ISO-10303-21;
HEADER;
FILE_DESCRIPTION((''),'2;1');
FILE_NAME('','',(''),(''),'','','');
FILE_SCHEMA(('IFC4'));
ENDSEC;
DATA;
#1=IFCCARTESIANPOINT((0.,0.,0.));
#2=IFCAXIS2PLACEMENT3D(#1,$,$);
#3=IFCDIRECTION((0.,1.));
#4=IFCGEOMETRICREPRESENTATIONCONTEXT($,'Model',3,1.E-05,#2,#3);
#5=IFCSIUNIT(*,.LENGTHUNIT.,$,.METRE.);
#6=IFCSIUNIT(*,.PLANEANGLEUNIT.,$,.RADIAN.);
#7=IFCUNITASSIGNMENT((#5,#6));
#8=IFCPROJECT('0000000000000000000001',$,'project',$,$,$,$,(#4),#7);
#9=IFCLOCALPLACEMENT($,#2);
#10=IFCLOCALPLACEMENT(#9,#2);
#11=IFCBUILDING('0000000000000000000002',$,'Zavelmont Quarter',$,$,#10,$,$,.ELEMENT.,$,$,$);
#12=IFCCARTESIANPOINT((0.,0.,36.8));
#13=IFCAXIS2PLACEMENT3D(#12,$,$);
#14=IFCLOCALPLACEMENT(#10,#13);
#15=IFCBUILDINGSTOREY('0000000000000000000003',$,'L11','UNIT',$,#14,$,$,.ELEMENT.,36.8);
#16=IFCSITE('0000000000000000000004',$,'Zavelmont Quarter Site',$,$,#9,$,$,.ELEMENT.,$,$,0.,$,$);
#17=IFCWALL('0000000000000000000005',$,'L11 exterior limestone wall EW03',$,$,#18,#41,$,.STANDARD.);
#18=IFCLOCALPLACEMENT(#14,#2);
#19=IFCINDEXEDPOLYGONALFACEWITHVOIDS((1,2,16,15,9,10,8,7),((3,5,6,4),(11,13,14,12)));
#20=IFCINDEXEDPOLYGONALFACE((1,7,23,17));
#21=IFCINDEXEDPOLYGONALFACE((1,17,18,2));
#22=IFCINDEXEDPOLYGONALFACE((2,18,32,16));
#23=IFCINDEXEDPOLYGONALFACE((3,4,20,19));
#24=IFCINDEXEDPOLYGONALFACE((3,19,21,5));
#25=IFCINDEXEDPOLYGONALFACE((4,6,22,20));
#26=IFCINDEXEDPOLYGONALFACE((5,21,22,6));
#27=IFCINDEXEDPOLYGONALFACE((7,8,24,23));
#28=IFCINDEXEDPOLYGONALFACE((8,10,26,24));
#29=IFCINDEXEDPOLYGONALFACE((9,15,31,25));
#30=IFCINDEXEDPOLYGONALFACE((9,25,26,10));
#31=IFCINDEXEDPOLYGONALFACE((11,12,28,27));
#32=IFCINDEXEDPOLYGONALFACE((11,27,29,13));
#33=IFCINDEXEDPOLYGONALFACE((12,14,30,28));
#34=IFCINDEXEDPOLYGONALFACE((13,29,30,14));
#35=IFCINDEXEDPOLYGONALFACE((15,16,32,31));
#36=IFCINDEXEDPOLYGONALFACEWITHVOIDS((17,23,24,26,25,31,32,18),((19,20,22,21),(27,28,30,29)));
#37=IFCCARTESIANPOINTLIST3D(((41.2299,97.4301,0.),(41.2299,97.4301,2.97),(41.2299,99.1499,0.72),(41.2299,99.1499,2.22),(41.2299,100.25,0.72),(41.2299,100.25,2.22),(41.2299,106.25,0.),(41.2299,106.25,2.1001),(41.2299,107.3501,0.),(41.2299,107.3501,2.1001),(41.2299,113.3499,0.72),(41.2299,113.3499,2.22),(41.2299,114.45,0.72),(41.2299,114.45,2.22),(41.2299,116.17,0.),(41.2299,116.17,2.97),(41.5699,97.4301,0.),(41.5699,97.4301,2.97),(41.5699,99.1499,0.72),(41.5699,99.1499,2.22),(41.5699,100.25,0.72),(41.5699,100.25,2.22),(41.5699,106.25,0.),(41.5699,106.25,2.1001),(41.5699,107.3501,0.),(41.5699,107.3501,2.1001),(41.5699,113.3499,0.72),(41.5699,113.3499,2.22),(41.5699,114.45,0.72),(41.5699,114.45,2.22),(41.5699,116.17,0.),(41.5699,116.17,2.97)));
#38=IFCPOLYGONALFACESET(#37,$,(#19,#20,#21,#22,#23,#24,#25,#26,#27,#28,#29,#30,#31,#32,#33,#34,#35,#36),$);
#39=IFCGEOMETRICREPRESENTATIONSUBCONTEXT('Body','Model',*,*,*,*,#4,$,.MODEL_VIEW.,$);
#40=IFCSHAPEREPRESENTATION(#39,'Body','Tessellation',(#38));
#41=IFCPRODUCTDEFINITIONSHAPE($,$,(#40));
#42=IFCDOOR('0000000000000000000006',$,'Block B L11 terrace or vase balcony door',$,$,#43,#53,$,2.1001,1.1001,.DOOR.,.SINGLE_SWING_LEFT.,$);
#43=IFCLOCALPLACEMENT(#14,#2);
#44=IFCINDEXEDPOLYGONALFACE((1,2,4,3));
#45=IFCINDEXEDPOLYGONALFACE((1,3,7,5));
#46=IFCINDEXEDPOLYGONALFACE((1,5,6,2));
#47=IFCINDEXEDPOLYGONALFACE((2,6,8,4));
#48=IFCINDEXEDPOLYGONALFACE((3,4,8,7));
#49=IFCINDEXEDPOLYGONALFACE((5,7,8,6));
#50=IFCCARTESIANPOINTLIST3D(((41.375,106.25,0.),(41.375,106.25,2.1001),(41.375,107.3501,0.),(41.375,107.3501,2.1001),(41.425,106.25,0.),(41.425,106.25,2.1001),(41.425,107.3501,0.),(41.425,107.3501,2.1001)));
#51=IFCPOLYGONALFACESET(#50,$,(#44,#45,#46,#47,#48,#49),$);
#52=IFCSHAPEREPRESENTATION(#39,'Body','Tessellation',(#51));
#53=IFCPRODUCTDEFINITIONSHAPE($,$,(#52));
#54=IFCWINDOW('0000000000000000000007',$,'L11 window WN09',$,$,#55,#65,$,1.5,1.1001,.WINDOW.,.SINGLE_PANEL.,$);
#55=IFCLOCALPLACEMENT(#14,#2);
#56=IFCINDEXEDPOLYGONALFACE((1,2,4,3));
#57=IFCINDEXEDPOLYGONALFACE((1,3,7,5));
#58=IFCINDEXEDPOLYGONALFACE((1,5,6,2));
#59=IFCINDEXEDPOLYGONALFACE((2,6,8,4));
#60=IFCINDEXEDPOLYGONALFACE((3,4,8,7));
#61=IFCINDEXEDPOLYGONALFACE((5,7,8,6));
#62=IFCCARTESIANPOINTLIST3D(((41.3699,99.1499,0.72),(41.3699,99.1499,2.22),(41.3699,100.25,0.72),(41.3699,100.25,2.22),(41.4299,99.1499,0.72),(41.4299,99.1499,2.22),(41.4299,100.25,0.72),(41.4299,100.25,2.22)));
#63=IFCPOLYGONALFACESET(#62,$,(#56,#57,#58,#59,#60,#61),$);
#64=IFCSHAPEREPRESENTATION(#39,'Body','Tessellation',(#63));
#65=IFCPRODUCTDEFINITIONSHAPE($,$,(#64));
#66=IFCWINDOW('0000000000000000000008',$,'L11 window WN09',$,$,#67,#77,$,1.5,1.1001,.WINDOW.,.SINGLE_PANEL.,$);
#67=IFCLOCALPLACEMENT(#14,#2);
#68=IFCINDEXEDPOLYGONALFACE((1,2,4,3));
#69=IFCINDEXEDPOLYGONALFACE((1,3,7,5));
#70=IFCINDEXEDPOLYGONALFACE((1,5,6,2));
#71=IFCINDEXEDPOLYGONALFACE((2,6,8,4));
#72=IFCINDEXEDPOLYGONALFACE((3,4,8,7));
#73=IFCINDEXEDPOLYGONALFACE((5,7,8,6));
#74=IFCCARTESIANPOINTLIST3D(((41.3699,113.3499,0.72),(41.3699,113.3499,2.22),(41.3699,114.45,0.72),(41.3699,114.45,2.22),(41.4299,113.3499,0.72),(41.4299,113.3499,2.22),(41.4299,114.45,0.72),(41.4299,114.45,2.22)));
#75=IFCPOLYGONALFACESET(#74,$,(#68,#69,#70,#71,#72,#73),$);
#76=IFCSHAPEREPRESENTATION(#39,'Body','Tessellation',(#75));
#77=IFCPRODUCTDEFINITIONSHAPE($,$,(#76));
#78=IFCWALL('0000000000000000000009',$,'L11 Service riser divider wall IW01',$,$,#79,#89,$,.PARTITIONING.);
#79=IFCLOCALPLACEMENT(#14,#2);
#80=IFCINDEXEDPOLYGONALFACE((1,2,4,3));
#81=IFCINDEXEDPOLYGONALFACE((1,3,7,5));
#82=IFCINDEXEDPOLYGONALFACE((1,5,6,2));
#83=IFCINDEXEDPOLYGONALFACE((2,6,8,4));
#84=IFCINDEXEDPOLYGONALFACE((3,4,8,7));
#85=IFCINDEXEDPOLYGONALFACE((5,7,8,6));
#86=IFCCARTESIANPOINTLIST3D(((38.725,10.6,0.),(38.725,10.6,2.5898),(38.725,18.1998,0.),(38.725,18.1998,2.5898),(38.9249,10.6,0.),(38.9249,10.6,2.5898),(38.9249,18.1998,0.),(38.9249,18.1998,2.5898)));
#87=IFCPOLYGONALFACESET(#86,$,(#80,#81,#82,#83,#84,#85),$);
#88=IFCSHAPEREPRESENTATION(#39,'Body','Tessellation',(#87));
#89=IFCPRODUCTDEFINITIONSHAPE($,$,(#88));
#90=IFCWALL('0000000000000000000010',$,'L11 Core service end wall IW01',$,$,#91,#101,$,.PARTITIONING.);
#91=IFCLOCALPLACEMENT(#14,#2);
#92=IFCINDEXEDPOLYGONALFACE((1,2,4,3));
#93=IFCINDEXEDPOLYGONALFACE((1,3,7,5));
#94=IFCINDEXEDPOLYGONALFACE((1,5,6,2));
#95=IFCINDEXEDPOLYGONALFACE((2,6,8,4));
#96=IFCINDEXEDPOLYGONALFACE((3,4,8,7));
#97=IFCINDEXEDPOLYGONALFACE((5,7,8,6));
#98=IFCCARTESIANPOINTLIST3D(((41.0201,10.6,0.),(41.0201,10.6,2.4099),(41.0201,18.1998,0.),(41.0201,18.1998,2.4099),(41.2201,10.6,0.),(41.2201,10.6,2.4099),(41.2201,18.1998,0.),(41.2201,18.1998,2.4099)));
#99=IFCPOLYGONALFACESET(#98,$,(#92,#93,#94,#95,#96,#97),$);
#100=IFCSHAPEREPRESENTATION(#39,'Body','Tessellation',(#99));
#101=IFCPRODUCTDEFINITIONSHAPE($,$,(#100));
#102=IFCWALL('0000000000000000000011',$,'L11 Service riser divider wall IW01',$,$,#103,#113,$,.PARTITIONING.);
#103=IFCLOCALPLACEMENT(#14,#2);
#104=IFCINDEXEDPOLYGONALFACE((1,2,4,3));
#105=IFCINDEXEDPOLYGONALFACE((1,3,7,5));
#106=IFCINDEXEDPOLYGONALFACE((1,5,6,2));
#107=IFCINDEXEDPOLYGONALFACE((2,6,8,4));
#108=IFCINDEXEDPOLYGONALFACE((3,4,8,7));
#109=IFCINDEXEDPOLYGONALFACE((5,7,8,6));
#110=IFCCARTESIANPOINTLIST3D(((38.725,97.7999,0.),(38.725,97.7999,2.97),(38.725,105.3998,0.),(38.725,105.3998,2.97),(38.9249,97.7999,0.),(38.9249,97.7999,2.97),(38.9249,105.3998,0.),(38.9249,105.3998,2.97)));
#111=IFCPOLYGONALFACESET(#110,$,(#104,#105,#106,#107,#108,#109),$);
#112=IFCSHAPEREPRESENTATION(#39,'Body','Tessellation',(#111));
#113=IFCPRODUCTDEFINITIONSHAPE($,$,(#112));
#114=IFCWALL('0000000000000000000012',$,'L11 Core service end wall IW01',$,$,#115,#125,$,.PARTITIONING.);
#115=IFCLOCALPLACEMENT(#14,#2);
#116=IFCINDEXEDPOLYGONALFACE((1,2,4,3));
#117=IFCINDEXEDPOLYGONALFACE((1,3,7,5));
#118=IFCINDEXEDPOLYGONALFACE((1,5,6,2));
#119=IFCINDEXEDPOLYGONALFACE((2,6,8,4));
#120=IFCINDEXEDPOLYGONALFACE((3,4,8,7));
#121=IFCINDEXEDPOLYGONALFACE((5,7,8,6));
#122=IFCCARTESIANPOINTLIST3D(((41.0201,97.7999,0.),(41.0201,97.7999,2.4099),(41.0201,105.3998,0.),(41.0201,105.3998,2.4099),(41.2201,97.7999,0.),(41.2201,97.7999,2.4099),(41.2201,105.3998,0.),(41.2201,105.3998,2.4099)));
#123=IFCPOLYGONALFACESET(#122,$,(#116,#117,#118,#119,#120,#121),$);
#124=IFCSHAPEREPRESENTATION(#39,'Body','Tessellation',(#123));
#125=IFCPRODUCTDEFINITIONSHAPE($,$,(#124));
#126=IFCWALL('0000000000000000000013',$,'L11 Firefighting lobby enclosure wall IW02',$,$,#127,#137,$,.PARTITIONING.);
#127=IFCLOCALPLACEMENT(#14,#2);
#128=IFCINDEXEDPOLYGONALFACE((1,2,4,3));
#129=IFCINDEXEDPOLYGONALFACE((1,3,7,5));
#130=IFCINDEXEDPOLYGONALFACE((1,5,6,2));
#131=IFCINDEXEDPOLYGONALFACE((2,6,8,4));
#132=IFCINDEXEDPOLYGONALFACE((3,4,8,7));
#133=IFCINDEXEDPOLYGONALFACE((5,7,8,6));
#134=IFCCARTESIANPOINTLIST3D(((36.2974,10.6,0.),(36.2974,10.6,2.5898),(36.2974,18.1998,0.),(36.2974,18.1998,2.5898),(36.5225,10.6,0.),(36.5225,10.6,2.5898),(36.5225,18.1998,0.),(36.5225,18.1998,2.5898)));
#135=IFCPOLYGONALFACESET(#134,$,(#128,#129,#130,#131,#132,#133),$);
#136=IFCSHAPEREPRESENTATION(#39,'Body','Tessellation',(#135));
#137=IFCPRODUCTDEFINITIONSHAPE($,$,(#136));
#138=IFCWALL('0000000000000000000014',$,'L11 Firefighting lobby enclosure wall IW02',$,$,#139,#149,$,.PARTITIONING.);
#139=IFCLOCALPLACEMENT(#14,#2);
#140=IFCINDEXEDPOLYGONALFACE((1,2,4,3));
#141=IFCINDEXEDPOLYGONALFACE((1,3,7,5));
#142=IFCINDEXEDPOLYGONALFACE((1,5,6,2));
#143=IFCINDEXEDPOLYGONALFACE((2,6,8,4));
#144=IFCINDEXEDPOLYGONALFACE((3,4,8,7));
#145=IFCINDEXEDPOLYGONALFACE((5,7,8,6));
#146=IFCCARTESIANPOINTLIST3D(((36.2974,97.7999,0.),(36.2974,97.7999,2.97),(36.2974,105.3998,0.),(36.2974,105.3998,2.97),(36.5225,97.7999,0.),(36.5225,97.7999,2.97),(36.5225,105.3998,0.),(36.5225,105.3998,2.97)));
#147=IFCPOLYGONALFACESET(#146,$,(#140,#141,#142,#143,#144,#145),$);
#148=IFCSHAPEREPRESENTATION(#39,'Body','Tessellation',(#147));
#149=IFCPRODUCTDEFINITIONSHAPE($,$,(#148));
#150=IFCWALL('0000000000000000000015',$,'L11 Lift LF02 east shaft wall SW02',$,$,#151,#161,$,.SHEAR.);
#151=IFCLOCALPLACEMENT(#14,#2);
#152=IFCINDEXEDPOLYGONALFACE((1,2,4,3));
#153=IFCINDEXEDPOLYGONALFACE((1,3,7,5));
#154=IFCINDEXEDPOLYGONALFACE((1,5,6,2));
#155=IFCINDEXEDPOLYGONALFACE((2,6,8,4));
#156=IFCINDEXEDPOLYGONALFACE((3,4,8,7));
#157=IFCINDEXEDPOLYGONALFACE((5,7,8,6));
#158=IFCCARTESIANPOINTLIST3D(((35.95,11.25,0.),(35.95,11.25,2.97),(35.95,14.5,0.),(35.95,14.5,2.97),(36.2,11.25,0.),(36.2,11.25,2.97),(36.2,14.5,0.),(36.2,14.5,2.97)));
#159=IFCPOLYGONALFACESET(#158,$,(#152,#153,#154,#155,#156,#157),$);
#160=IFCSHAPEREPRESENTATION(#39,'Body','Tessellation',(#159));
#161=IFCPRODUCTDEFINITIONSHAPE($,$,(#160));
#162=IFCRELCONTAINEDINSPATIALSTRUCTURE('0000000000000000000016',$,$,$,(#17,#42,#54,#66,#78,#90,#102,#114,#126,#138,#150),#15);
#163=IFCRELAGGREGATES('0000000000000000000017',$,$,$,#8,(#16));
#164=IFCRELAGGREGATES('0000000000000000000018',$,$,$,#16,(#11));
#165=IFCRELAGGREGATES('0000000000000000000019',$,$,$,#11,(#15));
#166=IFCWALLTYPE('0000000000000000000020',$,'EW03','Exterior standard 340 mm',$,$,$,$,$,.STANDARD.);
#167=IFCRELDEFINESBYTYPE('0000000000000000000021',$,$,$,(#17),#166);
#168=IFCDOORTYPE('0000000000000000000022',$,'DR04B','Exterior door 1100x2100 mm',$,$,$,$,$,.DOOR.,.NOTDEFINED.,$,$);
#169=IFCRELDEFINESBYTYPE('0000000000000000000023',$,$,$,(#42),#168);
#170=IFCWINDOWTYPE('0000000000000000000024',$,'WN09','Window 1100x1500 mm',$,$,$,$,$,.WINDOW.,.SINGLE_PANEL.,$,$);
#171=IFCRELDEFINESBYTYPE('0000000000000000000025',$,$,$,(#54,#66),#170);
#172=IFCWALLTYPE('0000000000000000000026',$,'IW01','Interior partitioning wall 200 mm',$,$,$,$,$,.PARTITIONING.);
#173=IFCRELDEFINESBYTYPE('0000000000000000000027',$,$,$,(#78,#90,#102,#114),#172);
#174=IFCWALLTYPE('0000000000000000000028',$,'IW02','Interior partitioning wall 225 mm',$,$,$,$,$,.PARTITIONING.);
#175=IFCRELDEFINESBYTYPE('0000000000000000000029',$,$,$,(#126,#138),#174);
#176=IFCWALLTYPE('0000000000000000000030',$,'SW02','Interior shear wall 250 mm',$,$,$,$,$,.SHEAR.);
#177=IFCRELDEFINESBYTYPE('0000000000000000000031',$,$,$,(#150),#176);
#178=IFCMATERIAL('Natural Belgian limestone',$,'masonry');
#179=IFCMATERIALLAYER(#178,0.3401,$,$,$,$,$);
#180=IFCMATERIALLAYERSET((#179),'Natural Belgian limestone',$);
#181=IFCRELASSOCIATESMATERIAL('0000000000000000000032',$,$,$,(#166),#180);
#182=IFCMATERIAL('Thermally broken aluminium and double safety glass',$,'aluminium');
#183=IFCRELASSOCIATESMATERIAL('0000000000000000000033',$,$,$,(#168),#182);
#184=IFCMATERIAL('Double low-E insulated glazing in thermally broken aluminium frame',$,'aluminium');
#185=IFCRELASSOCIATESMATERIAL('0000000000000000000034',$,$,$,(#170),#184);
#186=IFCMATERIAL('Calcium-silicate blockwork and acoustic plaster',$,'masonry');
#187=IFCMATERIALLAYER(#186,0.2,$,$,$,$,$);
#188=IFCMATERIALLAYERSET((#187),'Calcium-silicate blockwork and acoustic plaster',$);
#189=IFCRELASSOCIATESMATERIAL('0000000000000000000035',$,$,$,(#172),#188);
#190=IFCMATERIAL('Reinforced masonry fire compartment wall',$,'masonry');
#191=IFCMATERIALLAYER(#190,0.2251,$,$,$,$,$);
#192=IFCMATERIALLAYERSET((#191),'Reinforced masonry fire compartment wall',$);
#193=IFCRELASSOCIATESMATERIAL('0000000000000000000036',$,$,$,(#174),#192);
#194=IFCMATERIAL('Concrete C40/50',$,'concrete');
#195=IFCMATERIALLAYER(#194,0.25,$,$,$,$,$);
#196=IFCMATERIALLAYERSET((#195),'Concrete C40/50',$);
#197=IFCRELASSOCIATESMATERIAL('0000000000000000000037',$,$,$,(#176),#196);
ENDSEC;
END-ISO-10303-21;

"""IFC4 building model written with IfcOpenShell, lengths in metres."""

from ifc_helpers import new_model, si_unit, direction, frame, frame_2d, origin, origin_with_axes, place, context, subcontext, project, spatial, rectangle, extrude, material, layer, layer_set, type_object, element, fill, save


model = new_model("IFC4")

# Units and contexts
model_context = context("Model", 3, precision=1e-05, world=origin(), true_north=direction((0.0, 1.0)))
body_context = subcontext(model_context, "Body", "Model", "MODEL_VIEW")
ifc_project = project(units=[si_unit("LENGTHUNIT", "METRE"), si_unit("PLANEANGLEUNIT", "RADIAN")], contexts=[model_context])

# Site, building, storey
site_placement = place(None, origin())
site = spatial("IfcSite", under=ifc_project, at=site_placement, Name="Zavelmont Quarter Site", CompositionType="ELEMENT", RefElevation=0.0)
building_placement = place(site_placement, origin())
building = spatial("IfcBuilding", under=site, at=building_placement, Name="Zavelmont Quarter", CompositionType="ELEMENT")
storey_placement = place(building_placement, frame((0.0, 0.0, 36.8)))
storey = spatial("IfcBuildingStorey", under=building, at=storey_placement, Name="L11", Description="UNIT", CompositionType="ELEMENT", Elevation=36.8)

# Wall, openings, door, windows
ifc_material_1 = material(Name="Natural Belgian limestone", Category="masonry")
ifc_layer_1 = layer(ifc_material_1, 0.3401)
ifc_layer_set_1 = layer_set([ifc_layer_1], Name="Natural Belgian limestone")
wall_type_1 = type_object("IfcWallType", Name="EW03", Description="Exterior standard 340 mm", PredefinedType="STANDARD", material=ifc_layer_set_1)
wall_1_placement = place(storey_placement, frame((41.3999, 97.4299, 0.0), z_axis=(0.0, 0.0, 1.0), x_axis=(0.0, 1.0, 0.0)))
wall_1 = element("IfcWall", 1, at=wall_1_placement, inside=storey, type_object=wall_type_1, Name="L11 exterior limestone wall EW03", PredefinedType="STANDARD", context=body_context, shape_type="SweptSolid", body=[
    extrude(rectangle(XDim=18.74, YDim=0.3401, at=frame_2d((9.3701, 0.0))), origin(), (0.0, 0.0, 1.0), 2.97),
])
opening_1_placement = place(wall_1_placement, frame((8.8201, 0.0, 0.0)))
opening_1 = element("IfcOpeningElement", 2, at=opening_1_placement, cuts=wall_1, PredefinedType="OPENING", context=body_context, shape_type="SweptSolid", body=[
    extrude(rectangle(XDim=1.1001, YDim=2.1001, at=frame_2d((0.55, 1.05))), frame((0.0, 0.1821, 0.0), z_axis=(0.0, -1.0, 0.0), x_axis=(1.0, 0.0, 0.0)), (0.0, 0.0, 1.0), 0.364),
])
opening_2_placement = place(wall_1_placement, frame((1.72, 0.0, 0.72)))
opening_2 = element("IfcOpeningElement", 3, at=opening_2_placement, cuts=wall_1, PredefinedType="OPENING", context=body_context, shape_type="SweptSolid", body=[
    extrude(rectangle(XDim=1.1001, YDim=1.5, at=frame_2d((0.55, 0.75))), frame((0.0, 0.1821, 0.0), z_axis=(0.0, -1.0, 0.0), x_axis=(1.0, 0.0, 0.0)), (0.0, 0.0, 1.0), 0.364),
])
opening_3_placement = place(wall_1_placement, frame((15.9199, 0.0, 0.72)))
opening_3 = element("IfcOpeningElement", 4, at=opening_3_placement, cuts=wall_1, PredefinedType="OPENING", context=body_context, shape_type="SweptSolid", body=[
    extrude(rectangle(XDim=1.1001, YDim=1.5, at=frame_2d((0.55, 0.75))), frame((0.0, 0.1821, 0.0), z_axis=(0.0, -1.0, 0.0), x_axis=(1.0, 0.0, 0.0)), (0.0, 0.0, 1.0), 0.364),
])
ifc_material_2 = material(Name="Thermally broken aluminium and double safety glass", Category="aluminium")
door_type = type_object("IfcDoorType", Name="DR04B", Description="Exterior door 1100x2100 mm", OperationType="NOTDEFINED", PredefinedType="DOOR", material=ifc_material_2)
door_placement = place(opening_1_placement, origin_with_axes())
door = element("IfcDoor", 5, at=door_placement, inside=storey, type_object=door_type, Name="Block B L11 terrace or vase balcony door", OperationType="SINGLE_SWING_LEFT", OverallHeight=2.1001, OverallWidth=1.1001, PredefinedType="DOOR", context=body_context, shape_type="SweptSolid", body=[
    extrude(rectangle(XDim=1.1001, YDim=2.1001, at=frame_2d((0.55, 1.05))), frame((0.0, 0.0249, 0.0), z_axis=(0.0, -1.0, 0.0), x_axis=(1.0, 0.0, 0.0)), (0.0, 0.0, 1.0), 0.05),
])
fill(opening_1, door)
ifc_material_3 = material(Name="Double low-E insulated glazing in thermally broken aluminium frame", Category="aluminium")
window_type = type_object("IfcWindowType", Name="WN09", Description="Window 1100x1500 mm", PartitioningType="SINGLE_PANEL", PredefinedType="WINDOW", material=ifc_material_3)
window_1_placement = place(opening_2_placement, origin_with_axes())
window_1 = element("IfcWindow", 6, at=window_1_placement, inside=storey, type_object=window_type, Name="L11 window WN09", OverallHeight=1.5, OverallWidth=1.1001, PartitioningType="SINGLE_PANEL", PredefinedType="WINDOW", context=body_context, shape_type="SweptSolid", body=[
    extrude(rectangle(XDim=1.1001, YDim=1.5, at=frame_2d((0.55, 0.75))), frame((0.0, 0.03, 0.0), z_axis=(0.0, -1.0, 0.0), x_axis=(1.0, 0.0, 0.0)), (0.0, 0.0, 1.0), 0.0601),
])
fill(opening_2, window_1)
window_2_placement = place(opening_3_placement, origin_with_axes())
window_2 = element("IfcWindow", 7, at=window_2_placement, inside=storey, type_object=window_type, Name="L11 window WN09", OverallHeight=1.5, OverallWidth=1.1001, PartitioningType="SINGLE_PANEL", PredefinedType="WINDOW", context=body_context, shape_type="SweptSolid", body=[
    extrude(rectangle(XDim=1.1001, YDim=1.5, at=frame_2d((0.55, 0.75))), frame((0.0, 0.03, 0.0), z_axis=(0.0, -1.0, 0.0), x_axis=(1.0, 0.0, 0.0)), (0.0, 0.0, 1.0), 0.0601),
])
fill(opening_3, window_2)

# Walls
ifc_material_4 = material(Name="Calcium-silicate blockwork and acoustic plaster", Category="masonry")
ifc_layer_2 = layer(ifc_material_4, 0.2)
ifc_layer_set_2 = layer_set([ifc_layer_2], Name="Calcium-silicate blockwork and acoustic plaster")
wall_type_2 = type_object("IfcWallType", Name="IW01", Description="Interior partitioning wall 200 mm", PredefinedType="PARTITIONING", material=ifc_layer_set_2)
wall_2_placement = place(storey_placement, frame((38.825, 10.6001, 0.0), z_axis=(0.0, 0.0, 1.0), x_axis=(0.0, 1.0, 0.0)))
element("IfcWall", 8, at=wall_2_placement, inside=storey, type_object=wall_type_2, Name="L11 Service riser divider wall IW01", PredefinedType="PARTITIONING", context=body_context, shape_type="SweptSolid", body=[
    extrude(rectangle(XDim=7.5999, YDim=0.2, at=frame_2d((3.7998, 0.0))), origin(), (0.0, 0.0, 1.0), 2.5898),
])
wall_3_placement = place(storey_placement, frame((41.1201, 10.6001, 0.0), z_axis=(0.0, 0.0, 1.0), x_axis=(0.0, 1.0, 0.0)))
element("IfcWall", 9, at=wall_3_placement, inside=storey, type_object=wall_type_2, Name="L11 Core service end wall IW01", PredefinedType="PARTITIONING", context=body_context, shape_type="SweptSolid", body=[
    extrude(rectangle(XDim=7.5999, YDim=0.2, at=frame_2d((3.7998, 0.0))), origin(), (0.0, 0.0, 1.0), 2.4099),
])
wall_4_placement = place(storey_placement, frame((38.825, 97.8, 0.0), z_axis=(0.0, 0.0, 1.0), x_axis=(0.0, 1.0, 0.0)))
element("IfcWall", 10, at=wall_4_placement, inside=storey, type_object=wall_type_2, Name="L11 Service riser divider wall IW01", PredefinedType="PARTITIONING", context=body_context, shape_type="SweptSolid", body=[
    extrude(rectangle(XDim=7.5999, YDim=0.2, at=frame_2d((3.7998, 0.0))), origin(), (0.0, 0.0, 1.0), 2.97),
])
wall_5_placement = place(storey_placement, frame((41.1201, 97.8, 0.0), z_axis=(0.0, 0.0, 1.0), x_axis=(0.0, 1.0, 0.0)))
element("IfcWall", 11, at=wall_5_placement, inside=storey, type_object=wall_type_2, Name="L11 Core service end wall IW01", PredefinedType="PARTITIONING", context=body_context, shape_type="SweptSolid", body=[
    extrude(rectangle(XDim=7.5999, YDim=0.2, at=frame_2d((3.7998, 0.0))), origin(), (0.0, 0.0, 1.0), 2.4099),
])
ifc_material_5 = material(Name="Reinforced masonry fire compartment wall", Category="masonry")
ifc_layer_3 = layer(ifc_material_5, 0.2251)
ifc_layer_set_3 = layer_set([ifc_layer_3], Name="Reinforced masonry fire compartment wall")
wall_type_3 = type_object("IfcWallType", Name="IW02", Description="Interior partitioning wall 225 mm", PredefinedType="PARTITIONING", material=ifc_layer_set_3)
wall_6_placement = place(storey_placement, frame((36.4099, 10.6001, 0.0), z_axis=(0.0, 0.0, 1.0), x_axis=(0.0, 1.0, 0.0)))
element("IfcWall", 12, at=wall_6_placement, inside=storey, type_object=wall_type_3, Name="L11 Firefighting lobby enclosure wall IW02", PredefinedType="PARTITIONING", context=body_context, shape_type="SweptSolid", body=[
    extrude(rectangle(XDim=7.5999, YDim=0.2251, at=frame_2d((3.7998, 0.0))), origin(), (0.0, 0.0, 1.0), 2.5898),
])
wall_7_placement = place(storey_placement, frame((36.4099, 97.8, 0.0), z_axis=(0.0, 0.0, 1.0), x_axis=(0.0, 1.0, 0.0)))
element("IfcWall", 13, at=wall_7_placement, inside=storey, type_object=wall_type_3, Name="L11 Firefighting lobby enclosure wall IW02", PredefinedType="PARTITIONING", context=body_context, shape_type="SweptSolid", body=[
    extrude(rectangle(XDim=7.5999, YDim=0.2251, at=frame_2d((3.7998, 0.0))), origin(), (0.0, 0.0, 1.0), 2.97),
])
ifc_material_6 = material(Name="Concrete C40/50", Category="concrete")
ifc_layer_4 = layer(ifc_material_6, 0.25)
ifc_layer_set_4 = layer_set([ifc_layer_4], Name="Concrete C40/50")
wall_type_4 = type_object("IfcWallType", Name="SW02", Description="Interior shear wall 250 mm", PredefinedType="SHEAR", material=ifc_layer_set_4)
wall_8_placement = place(storey_placement, frame((36.075, 11.25, 0.0), z_axis=(0.0, 0.0, 1.0), x_axis=(0.0, 1.0, 0.0)))
element("IfcWall", 14, at=wall_8_placement, inside=storey, type_object=wall_type_4, Name="L11 Lift LF02 east shaft wall SW02", PredefinedType="SHEAR", context=body_context, shape_type="SweptSolid", body=[
    extrude(rectangle(XDim=3.25, YDim=0.25, at=frame_2d((1.625, 0.0))), origin(), (0.0, 0.0, 1.0), 2.97),
])

save(model, "model.ifc")
